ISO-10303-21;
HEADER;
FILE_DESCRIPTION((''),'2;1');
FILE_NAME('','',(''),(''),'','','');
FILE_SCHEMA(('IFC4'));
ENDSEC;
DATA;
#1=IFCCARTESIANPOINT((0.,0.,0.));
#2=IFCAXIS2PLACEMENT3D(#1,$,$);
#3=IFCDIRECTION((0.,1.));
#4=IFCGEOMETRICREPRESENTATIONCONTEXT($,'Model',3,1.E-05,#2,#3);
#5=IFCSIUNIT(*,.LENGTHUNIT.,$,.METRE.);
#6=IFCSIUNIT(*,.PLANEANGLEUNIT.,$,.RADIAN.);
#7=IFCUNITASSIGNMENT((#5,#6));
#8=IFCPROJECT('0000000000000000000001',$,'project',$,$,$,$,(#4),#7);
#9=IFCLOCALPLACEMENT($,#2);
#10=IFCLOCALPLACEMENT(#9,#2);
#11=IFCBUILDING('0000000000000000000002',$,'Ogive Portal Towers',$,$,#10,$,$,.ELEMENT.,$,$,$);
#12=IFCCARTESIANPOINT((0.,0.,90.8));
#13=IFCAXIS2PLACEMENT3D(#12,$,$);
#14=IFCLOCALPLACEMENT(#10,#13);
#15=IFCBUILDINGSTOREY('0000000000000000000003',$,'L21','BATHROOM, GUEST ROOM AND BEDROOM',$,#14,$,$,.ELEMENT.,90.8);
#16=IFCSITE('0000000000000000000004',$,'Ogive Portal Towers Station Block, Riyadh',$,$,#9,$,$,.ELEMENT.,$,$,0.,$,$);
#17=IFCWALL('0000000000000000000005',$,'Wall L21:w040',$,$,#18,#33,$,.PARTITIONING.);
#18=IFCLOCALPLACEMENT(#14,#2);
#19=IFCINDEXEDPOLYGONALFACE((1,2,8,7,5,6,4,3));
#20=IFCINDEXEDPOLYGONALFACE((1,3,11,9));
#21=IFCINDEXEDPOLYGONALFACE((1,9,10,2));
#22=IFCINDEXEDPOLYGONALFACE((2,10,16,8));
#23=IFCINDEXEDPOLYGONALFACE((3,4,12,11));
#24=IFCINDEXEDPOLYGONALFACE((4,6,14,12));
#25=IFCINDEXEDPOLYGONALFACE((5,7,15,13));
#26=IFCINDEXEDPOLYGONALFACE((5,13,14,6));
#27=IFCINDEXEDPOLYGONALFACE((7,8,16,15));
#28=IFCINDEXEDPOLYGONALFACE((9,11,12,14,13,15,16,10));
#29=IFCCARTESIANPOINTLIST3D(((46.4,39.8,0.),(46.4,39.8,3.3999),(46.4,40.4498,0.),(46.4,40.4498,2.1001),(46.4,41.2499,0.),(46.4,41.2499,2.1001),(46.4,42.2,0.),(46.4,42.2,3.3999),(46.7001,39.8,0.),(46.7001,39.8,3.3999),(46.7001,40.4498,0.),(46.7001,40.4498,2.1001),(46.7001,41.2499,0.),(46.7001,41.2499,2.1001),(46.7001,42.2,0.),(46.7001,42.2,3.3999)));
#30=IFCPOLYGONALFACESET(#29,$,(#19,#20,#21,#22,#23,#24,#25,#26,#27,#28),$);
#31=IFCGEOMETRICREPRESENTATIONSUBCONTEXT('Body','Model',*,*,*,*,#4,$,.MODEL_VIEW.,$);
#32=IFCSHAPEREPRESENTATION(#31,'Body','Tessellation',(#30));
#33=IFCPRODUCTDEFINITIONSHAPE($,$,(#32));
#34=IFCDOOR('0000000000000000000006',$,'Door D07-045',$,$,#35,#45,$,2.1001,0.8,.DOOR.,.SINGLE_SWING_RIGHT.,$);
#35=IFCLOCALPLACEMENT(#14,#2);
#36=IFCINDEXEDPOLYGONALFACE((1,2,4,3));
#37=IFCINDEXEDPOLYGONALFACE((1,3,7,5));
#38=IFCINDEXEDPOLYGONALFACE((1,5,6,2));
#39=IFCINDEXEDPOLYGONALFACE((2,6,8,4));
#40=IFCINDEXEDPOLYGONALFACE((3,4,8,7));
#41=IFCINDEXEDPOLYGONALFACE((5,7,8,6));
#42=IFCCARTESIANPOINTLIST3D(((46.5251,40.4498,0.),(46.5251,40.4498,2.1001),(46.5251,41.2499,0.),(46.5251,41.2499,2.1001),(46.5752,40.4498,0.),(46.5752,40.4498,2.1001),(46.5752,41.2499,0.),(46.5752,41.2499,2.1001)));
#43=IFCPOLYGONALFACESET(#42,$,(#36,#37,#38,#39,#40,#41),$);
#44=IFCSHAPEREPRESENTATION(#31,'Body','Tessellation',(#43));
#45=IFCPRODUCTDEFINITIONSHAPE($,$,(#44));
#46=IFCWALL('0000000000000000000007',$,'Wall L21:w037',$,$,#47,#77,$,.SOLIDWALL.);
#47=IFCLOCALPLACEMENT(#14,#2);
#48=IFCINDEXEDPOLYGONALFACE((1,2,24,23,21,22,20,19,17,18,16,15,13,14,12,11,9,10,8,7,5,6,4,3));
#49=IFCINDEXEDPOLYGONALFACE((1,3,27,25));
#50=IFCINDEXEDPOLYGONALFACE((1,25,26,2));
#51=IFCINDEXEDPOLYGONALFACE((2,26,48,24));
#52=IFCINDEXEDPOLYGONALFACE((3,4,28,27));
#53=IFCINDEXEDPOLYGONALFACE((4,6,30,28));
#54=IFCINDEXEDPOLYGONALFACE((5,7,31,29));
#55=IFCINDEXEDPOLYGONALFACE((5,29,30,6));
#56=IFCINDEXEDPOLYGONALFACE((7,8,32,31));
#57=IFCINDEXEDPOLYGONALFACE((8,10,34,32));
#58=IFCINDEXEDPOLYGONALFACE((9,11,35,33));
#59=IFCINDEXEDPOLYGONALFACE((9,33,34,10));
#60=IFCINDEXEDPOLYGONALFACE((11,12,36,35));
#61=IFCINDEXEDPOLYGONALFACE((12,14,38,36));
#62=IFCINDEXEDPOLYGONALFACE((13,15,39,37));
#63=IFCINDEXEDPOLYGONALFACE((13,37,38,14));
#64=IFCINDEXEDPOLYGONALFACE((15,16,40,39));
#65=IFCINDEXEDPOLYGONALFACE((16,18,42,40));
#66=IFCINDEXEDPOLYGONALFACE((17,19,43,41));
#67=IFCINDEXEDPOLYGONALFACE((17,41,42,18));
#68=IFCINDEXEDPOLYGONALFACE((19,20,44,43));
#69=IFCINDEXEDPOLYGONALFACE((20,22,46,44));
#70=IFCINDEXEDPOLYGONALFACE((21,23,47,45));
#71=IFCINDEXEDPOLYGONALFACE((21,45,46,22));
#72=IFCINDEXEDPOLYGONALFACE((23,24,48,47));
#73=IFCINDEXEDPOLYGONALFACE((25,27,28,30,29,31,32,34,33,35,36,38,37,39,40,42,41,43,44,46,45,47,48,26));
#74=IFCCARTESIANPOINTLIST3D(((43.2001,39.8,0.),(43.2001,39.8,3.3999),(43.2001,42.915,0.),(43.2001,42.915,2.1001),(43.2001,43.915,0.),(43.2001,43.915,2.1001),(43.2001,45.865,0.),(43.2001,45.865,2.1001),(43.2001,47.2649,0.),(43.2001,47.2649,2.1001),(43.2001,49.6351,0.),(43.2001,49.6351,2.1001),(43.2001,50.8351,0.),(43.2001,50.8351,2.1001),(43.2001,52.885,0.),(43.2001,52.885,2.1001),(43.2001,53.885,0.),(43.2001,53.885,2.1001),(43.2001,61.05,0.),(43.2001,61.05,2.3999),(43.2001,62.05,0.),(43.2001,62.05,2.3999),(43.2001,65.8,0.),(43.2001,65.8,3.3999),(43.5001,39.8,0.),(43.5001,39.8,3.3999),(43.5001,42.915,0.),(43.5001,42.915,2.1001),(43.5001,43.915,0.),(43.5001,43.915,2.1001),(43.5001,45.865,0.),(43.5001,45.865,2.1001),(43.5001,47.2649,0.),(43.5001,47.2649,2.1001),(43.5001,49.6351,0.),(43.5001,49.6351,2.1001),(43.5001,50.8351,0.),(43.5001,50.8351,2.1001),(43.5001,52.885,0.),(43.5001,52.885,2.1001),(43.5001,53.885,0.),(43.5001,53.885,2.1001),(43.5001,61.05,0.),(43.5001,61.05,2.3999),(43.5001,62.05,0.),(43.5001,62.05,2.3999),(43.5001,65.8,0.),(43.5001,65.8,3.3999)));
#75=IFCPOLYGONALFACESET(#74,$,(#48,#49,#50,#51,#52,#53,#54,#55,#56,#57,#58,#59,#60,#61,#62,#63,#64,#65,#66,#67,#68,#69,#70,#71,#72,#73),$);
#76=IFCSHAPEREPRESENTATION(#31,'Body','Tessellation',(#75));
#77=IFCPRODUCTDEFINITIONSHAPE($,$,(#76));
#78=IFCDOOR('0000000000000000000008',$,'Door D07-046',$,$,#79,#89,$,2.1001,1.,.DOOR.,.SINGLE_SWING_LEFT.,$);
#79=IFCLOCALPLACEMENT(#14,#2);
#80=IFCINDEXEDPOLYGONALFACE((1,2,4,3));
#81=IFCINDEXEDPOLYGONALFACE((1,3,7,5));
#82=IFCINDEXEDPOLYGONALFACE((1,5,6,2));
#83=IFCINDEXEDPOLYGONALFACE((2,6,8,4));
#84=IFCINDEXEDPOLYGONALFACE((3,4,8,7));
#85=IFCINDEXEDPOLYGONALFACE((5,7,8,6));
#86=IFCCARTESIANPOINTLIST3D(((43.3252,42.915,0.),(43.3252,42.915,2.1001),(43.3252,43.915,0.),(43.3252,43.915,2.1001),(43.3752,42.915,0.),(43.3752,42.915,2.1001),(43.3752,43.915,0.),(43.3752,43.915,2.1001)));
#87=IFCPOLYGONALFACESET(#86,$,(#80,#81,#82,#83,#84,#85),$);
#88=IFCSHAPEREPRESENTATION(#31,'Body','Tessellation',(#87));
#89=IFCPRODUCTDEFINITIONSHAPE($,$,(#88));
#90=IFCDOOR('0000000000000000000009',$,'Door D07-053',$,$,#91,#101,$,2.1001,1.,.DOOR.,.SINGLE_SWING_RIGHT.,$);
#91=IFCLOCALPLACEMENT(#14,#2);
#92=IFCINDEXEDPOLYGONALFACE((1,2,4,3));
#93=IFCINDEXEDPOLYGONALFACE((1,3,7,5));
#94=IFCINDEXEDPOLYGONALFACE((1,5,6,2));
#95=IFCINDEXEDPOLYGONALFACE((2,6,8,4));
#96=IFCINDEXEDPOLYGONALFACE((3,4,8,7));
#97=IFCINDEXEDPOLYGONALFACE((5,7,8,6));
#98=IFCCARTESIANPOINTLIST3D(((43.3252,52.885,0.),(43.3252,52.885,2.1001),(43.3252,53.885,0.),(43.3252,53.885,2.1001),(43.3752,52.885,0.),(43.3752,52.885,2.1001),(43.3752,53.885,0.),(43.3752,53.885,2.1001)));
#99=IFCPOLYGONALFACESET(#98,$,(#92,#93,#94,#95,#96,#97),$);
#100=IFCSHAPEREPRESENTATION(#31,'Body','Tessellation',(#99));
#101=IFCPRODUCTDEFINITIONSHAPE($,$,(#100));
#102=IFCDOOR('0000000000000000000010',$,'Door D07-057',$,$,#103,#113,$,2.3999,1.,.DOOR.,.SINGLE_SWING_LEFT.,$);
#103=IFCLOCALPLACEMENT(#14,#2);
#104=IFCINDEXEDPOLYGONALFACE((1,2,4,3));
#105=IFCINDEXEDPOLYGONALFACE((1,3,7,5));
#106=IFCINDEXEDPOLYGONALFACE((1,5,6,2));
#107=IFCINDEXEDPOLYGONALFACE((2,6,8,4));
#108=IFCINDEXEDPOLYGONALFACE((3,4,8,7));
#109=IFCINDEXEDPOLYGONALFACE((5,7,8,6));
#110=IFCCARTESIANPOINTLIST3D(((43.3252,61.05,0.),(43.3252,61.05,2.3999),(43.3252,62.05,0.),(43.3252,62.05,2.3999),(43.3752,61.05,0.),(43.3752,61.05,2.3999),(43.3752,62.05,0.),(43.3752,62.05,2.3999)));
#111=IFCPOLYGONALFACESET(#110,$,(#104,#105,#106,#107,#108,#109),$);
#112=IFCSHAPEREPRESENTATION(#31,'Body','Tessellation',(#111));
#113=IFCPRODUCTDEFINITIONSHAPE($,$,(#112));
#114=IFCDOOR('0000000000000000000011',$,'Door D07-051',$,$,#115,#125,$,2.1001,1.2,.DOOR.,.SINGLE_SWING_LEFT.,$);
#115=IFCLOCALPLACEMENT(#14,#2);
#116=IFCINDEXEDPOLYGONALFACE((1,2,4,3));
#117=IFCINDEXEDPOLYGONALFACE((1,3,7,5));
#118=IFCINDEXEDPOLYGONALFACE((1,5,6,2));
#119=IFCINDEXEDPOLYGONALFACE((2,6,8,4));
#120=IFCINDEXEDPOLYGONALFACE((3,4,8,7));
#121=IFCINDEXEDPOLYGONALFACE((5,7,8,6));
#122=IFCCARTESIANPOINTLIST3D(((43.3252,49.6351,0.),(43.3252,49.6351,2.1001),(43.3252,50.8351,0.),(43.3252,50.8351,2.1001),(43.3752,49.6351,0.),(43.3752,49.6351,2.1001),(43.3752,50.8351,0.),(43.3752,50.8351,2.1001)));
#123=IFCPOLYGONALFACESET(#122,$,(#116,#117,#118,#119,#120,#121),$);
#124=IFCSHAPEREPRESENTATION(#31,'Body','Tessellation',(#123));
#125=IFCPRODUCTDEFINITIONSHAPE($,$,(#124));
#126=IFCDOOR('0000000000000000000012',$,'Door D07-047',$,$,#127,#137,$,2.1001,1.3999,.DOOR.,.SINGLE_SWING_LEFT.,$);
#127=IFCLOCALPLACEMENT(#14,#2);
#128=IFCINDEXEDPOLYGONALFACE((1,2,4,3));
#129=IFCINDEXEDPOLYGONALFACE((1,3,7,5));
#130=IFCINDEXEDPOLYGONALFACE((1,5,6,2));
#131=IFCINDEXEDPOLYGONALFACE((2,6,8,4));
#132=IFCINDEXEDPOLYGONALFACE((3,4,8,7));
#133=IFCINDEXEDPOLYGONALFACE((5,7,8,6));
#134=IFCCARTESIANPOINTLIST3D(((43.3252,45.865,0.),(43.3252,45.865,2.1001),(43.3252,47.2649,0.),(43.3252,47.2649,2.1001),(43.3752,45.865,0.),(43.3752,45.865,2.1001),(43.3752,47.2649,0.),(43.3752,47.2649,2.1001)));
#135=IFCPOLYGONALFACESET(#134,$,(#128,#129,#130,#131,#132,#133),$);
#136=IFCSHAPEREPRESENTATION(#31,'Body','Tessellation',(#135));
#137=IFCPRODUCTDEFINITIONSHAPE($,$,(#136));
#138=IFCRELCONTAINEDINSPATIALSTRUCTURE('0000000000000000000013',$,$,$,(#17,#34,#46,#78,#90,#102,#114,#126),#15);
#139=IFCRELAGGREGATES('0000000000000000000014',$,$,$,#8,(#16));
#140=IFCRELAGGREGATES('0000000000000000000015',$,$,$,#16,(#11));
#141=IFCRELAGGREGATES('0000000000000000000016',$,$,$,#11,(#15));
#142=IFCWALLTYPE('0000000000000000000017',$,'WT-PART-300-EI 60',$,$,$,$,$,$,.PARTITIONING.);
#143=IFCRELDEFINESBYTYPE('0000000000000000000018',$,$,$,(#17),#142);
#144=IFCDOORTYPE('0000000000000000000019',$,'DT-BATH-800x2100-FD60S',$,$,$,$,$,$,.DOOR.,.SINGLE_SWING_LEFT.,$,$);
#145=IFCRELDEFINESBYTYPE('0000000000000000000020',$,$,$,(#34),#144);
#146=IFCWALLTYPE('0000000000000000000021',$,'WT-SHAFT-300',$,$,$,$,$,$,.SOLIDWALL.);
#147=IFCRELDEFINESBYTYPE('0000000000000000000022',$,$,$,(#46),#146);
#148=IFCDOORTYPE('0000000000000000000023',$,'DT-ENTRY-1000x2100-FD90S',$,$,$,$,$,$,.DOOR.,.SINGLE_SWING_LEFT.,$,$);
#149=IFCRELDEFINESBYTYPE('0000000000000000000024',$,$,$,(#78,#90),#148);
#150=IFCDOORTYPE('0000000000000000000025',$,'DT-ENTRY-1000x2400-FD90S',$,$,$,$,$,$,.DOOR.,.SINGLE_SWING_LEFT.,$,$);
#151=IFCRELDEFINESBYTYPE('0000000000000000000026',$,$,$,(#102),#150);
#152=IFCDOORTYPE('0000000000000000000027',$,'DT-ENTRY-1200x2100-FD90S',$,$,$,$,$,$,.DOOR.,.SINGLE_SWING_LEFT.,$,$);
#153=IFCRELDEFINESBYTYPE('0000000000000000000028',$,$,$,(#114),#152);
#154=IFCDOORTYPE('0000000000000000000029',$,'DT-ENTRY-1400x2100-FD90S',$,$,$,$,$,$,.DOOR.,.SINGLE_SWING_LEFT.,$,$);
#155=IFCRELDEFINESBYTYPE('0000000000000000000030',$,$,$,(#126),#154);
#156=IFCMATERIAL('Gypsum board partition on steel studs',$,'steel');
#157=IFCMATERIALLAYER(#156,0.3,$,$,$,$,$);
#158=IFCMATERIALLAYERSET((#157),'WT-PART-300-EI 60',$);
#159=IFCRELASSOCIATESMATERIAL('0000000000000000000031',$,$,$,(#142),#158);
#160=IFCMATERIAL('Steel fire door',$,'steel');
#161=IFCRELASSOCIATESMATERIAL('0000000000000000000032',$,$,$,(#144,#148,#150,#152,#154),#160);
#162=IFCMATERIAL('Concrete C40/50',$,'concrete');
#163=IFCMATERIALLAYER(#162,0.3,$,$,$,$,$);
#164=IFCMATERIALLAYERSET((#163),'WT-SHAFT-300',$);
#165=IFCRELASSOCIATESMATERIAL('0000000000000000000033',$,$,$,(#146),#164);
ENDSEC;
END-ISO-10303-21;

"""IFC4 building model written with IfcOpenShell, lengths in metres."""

from ifc_helpers import new_model, si_unit, direction, frame, frame_2d, origin, place, context, subcontext, project, spatial, rectangle, extrude, material, layer, layer_set, type_object, element, fill, save


model = new_model("IFC4")

# Units and contexts
model_context = context("Model", 3, precision=1e-05, world=origin(), true_north=direction((0.0, 1.0)))
body_context = subcontext(model_context, "Body", "Model", "MODEL_VIEW")
ifc_project = project(units=[si_unit("LENGTHUNIT", "METRE"), si_unit("PLANEANGLEUNIT", "RADIAN")], contexts=[model_context])

# Site, building, storey
site_placement = place(None, origin())
site = spatial("IfcSite", under=ifc_project, at=site_placement, Name="Ogive Portal Towers Station Block, Riyadh", CompositionType="ELEMENT", RefElevation=0.0)
building_placement = place(site_placement, origin())
building = spatial("IfcBuilding", under=site, at=building_placement, Name="Ogive Portal Towers", CompositionType="ELEMENT")
storey_placement = place(building_placement, frame((0.0, 0.0, 90.8)))
storey = spatial("IfcBuildingStorey", under=building, at=storey_placement, Name="L21", Description="BATHROOM, GUEST ROOM AND BEDROOM", CompositionType="ELEMENT", Elevation=90.8)

# Shared definitions
ifc_material_1 = material(Name="Gypsum board partition on steel studs", Category="steel")
ifc_layer_1 = layer(ifc_material_1, 0.3)
ifc_layer_set_1 = layer_set([ifc_layer_1], Name="WT-PART-300-EI 60")
wall_type_1 = type_object("IfcWallType", Name="WT-PART-300-EI 60", PredefinedType="PARTITIONING", material=ifc_layer_set_1)

# Shared definitions
ifc_material_2 = material(Name="Steel fire door", Category="steel")
door_type_1 = type_object("IfcDoorType", Name="DT-BATH-800x2100-FD60S", OperationType="SINGLE_SWING_LEFT", PredefinedType="DOOR", material=ifc_material_2)

# Wall, opening, door
wall_1_placement = place(storey_placement, frame((46.55, 39.8, 0.0), z_axis=(0.0, 0.0, 1.0), x_axis=(0.0, 1.0, 0.0)))
wall_1 = element("IfcWall", 1, at=wall_1_placement, inside=storey, type_object=wall_type_1, Name="Wall L21:w040", PredefinedType="PARTITIONING", context=body_context, shape_type="SweptSolid", body=[
    extrude(rectangle(XDim=2.3999, YDim=0.3, at=frame_2d((1.2, 0.0))), origin(), (0.0, 0.0, 1.0), 3.3999),
])
opening_1_placement = place(wall_1_placement, frame((0.6499, 0.0, 0.0)))
opening_1 = element("IfcOpeningElement", 2, at=opening_1_placement, cuts=wall_1, PredefinedType="OPENING", context=body_context, shape_type="SweptSolid", body=[
    extrude(rectangle(XDim=0.8, YDim=2.1001, at=frame_2d((0.3999, 1.05))), frame((0.0, 0.1602, 0.0), z_axis=(0.0, -1.0, 0.0), x_axis=(1.0, 0.0, 0.0)), (0.0, 0.0, 1.0), 0.3201),
])
door_1_placement = place(opening_1_placement, origin())
door_1 = element("IfcDoor", 3, at=door_1_placement, inside=storey, type_object=door_type_1, Name="Door D07-045", OperationType="SINGLE_SWING_RIGHT", OverallHeight=2.1001, OverallWidth=0.8, PredefinedType="DOOR", context=body_context, shape_type="SweptSolid", body=[
    extrude(rectangle(XDim=0.8, YDim=2.1001, at=frame_2d((0.3999, 1.05))), frame((0.0, 0.0249, 0.0), z_axis=(0.0, -1.0, 0.0), x_axis=(1.0, 0.0, 0.0)), (0.0, 0.0, 1.0), 0.05),
])
fill(opening_1, door_1)

# Wall, openings, doors
ifc_material_3 = material(Name="Concrete C40/50", Category="concrete")
ifc_layer_2 = layer(ifc_material_3, 0.3)
ifc_layer_set_2 = layer_set([ifc_layer_2], Name="WT-SHAFT-300")
wall_type_2 = type_object("IfcWallType", Name="WT-SHAFT-300", PredefinedType="SOLIDWALL", material=ifc_layer_set_2)
wall_2_placement = place(storey_placement, frame((43.3501, 39.8, 0.0), z_axis=(0.0, 0.0, 1.0), x_axis=(0.0, 1.0, 0.0)))
wall_2 = element("IfcWall", 4, at=wall_2_placement, inside=storey, type_object=wall_type_2, Name="Wall L21:w037", PredefinedType="SOLIDWALL", context=body_context, shape_type="SweptSolid", body=[
    extrude(rectangle(XDim=26.0, YDim=0.3, at=frame_2d((13.0, 0.0))), origin(), (0.0, 0.0, 1.0), 3.3999),
])
opening_2_placement = place(wall_2_placement, frame((3.115, 0.0, 0.0)))
opening_2 = element("IfcOpeningElement", 5, at=opening_2_placement, cuts=wall_2, PredefinedType="OPENING", context=body_context, shape_type="SweptSolid", body=[
    extrude(rectangle(XDim=1.0, YDim=2.1001, at=frame_2d((0.5, 1.05))), frame((0.0, 0.1602, 0.0), z_axis=(0.0, -1.0, 0.0), x_axis=(1.0, 0.0, 0.0)), (0.0, 0.0, 1.0), 0.3201),
])
opening_3_placement = place(wall_2_placement, frame((6.0649, 0.0, 0.0)))
opening_3 = element("IfcOpeningElement", 6, at=opening_3_placement, cuts=wall_2, PredefinedType="OPENING", context=body_context, shape_type="SweptSolid", body=[
    extrude(rectangle(XDim=1.3999, YDim=2.1001, at=frame_2d((0.7, 1.05))), frame((0.0, 0.1602, 0.0), z_axis=(0.0, -1.0, 0.0), x_axis=(1.0, 0.0, 0.0)), (0.0, 0.0, 1.0), 0.3201),
])
opening_4_placement = place(wall_2_placement, frame((9.835, 0.0, 0.0)))
opening_4 = element("IfcOpeningElement", 7, at=opening_4_placement, cuts=wall_2, PredefinedType="OPENING", context=body_context, shape_type="SweptSolid", body=[
    extrude(rectangle(XDim=1.2, YDim=2.1001, at=frame_2d((0.6001, 1.05))), frame((0.0, 0.1602, 0.0), z_axis=(0.0, -1.0, 0.0), x_axis=(1.0, 0.0, 0.0)), (0.0, 0.0, 1.0), 0.3201),
])
opening_5_placement = place(wall_2_placement, frame((13.085, 0.0, 0.0)))
opening_5 = element("IfcOpeningElement", 8, at=opening_5_placement, cuts=wall_2, PredefinedType="OPENING", context=body_context, shape_type="SweptSolid", body=[
    extrude(rectangle(XDim=1.0, YDim=2.1001, at=frame_2d((0.5, 1.05))), frame((0.0, 0.1602, 0.0), z_axis=(0.0, -1.0, 0.0), x_axis=(1.0, 0.0, 0.0)), (0.0, 0.0, 1.0), 0.3201),
])
opening_6_placement = place(wall_2_placement, frame((21.25, 0.0, 0.0)))
opening_6 = element("IfcOpeningElement", 9, at=opening_6_placement, cuts=wall_2, PredefinedType="OPENING", context=body_context, shape_type="SweptSolid", body=[
    extrude(rectangle(XDim=1.0, YDim=2.3999, at=frame_2d((0.5, 1.2))), frame((0.0, 0.1602, 0.0), z_axis=(0.0, -1.0, 0.0), x_axis=(1.0, 0.0, 0.0)), (0.0, 0.0, 1.0), 0.3201),
])
door_type_2 = type_object("IfcDoorType", Name="DT-ENTRY-1000x2100-FD90S", OperationType="SINGLE_SWING_LEFT", PredefinedType="DOOR", material=ifc_material_2)
door_2_placement = place(opening_2_placement, origin())
door_2 = element("IfcDoor", 10, at=door_2_placement, inside=storey, type_object=door_type_2, Name="Door D07-046", OperationType="SINGLE_SWING_LEFT", OverallHeight=2.1001, OverallWidth=1.0, PredefinedType="DOOR", context=body_context, shape_type="SweptSolid", body=[
    extrude(rectangle(XDim=1.0, YDim=2.1001, at=frame_2d((0.5, 1.05))), frame((0.0, 0.0249, 0.0), z_axis=(0.0, -1.0, 0.0), x_axis=(1.0, 0.0, 0.0)), (0.0, 0.0, 1.0), 0.05),
])
fill(opening_2, door_2)
door_3_placement = place(opening_5_placement, origin())
door_3 = element("IfcDoor", 11, at=door_3_placement, inside=storey, type_object=door_type_2, Name="Door D07-053", OperationType="SINGLE_SWING_RIGHT", OverallHeight=2.1001, OverallWidth=1.0, PredefinedType="DOOR", context=body_context, shape_type="SweptSolid", body=[
    extrude(rectangle(XDim=1.0, YDim=2.1001, at=frame_2d((0.5, 1.05))), frame((0.0, 0.0249, 0.0), z_axis=(0.0, -1.0, 0.0), x_axis=(1.0, 0.0, 0.0)), (0.0, 0.0, 1.0), 0.05),
])
fill(opening_5, door_3)
door_type_3 = type_object("IfcDoorType", Name="DT-ENTRY-1000x2400-FD90S", OperationType="SINGLE_SWING_LEFT", PredefinedType="DOOR", material=ifc_material_2)
door_4_placement = place(opening_6_placement, origin())
door_4 = element("IfcDoor", 12, at=door_4_placement, inside=storey, type_object=door_type_3, Name="Door D07-057", OperationType="SINGLE_SWING_LEFT", OverallHeight=2.3999, OverallWidth=1.0, PredefinedType="DOOR", context=body_context, shape_type="SweptSolid", body=[
    extrude(rectangle(XDim=1.0, YDim=2.3999, at=frame_2d((0.5, 1.2))), frame((0.0, 0.0249, 0.0), z_axis=(0.0, -1.0, 0.0), x_axis=(1.0, 0.0, 0.0)), (0.0, 0.0, 1.0), 0.05),
])
fill(opening_6, door_4)
door_type_4 = type_object("IfcDoorType", Name="DT-ENTRY-1200x2100-FD90S", OperationType="SINGLE_SWING_LEFT", PredefinedType="DOOR", material=ifc_material_2)
door_5_placement = place(opening_4_placement, origin())
door_5 = element("IfcDoor", 13, at=door_5_placement, inside=storey, type_object=door_type_4, Name="Door D07-051", OperationType="SINGLE_SWING_LEFT", OverallHeight=2.1001, OverallWidth=1.2, PredefinedType="DOOR", context=body_context, shape_type="SweptSolid", body=[
    extrude(rectangle(XDim=1.2, YDim=2.1001, at=frame_2d((0.6001, 1.05))), frame((0.0, 0.0249, 0.0), z_axis=(0.0, -1.0, 0.0), x_axis=(1.0, 0.0, 0.0)), (0.0, 0.0, 1.0), 0.05),
])
fill(opening_4, door_5)
door_type_5 = type_object("IfcDoorType", Name="DT-ENTRY-1400x2100-FD90S", OperationType="SINGLE_SWING_LEFT", PredefinedType="DOOR", material=ifc_material_2)
door_6_placement = place(opening_3_placement, origin())
door_6 = element("IfcDoor", 14, at=door_6_placement, inside=storey, type_object=door_type_5, Name="Door D07-047", OperationType="SINGLE_SWING_LEFT", OverallHeight=2.1001, OverallWidth=1.3999, PredefinedType="DOOR", context=body_context, shape_type="SweptSolid", body=[
    extrude(rectangle(XDim=1.3999, YDim=2.1001, at=frame_2d((0.7, 1.05))), frame((0.0, 0.0249, 0.0), z_axis=(0.0, -1.0, 0.0), x_axis=(1.0, 0.0, 0.0)), (0.0, 0.0, 1.0), 0.05),
])
fill(opening_3, door_6)

save(model, "model.ifc")
